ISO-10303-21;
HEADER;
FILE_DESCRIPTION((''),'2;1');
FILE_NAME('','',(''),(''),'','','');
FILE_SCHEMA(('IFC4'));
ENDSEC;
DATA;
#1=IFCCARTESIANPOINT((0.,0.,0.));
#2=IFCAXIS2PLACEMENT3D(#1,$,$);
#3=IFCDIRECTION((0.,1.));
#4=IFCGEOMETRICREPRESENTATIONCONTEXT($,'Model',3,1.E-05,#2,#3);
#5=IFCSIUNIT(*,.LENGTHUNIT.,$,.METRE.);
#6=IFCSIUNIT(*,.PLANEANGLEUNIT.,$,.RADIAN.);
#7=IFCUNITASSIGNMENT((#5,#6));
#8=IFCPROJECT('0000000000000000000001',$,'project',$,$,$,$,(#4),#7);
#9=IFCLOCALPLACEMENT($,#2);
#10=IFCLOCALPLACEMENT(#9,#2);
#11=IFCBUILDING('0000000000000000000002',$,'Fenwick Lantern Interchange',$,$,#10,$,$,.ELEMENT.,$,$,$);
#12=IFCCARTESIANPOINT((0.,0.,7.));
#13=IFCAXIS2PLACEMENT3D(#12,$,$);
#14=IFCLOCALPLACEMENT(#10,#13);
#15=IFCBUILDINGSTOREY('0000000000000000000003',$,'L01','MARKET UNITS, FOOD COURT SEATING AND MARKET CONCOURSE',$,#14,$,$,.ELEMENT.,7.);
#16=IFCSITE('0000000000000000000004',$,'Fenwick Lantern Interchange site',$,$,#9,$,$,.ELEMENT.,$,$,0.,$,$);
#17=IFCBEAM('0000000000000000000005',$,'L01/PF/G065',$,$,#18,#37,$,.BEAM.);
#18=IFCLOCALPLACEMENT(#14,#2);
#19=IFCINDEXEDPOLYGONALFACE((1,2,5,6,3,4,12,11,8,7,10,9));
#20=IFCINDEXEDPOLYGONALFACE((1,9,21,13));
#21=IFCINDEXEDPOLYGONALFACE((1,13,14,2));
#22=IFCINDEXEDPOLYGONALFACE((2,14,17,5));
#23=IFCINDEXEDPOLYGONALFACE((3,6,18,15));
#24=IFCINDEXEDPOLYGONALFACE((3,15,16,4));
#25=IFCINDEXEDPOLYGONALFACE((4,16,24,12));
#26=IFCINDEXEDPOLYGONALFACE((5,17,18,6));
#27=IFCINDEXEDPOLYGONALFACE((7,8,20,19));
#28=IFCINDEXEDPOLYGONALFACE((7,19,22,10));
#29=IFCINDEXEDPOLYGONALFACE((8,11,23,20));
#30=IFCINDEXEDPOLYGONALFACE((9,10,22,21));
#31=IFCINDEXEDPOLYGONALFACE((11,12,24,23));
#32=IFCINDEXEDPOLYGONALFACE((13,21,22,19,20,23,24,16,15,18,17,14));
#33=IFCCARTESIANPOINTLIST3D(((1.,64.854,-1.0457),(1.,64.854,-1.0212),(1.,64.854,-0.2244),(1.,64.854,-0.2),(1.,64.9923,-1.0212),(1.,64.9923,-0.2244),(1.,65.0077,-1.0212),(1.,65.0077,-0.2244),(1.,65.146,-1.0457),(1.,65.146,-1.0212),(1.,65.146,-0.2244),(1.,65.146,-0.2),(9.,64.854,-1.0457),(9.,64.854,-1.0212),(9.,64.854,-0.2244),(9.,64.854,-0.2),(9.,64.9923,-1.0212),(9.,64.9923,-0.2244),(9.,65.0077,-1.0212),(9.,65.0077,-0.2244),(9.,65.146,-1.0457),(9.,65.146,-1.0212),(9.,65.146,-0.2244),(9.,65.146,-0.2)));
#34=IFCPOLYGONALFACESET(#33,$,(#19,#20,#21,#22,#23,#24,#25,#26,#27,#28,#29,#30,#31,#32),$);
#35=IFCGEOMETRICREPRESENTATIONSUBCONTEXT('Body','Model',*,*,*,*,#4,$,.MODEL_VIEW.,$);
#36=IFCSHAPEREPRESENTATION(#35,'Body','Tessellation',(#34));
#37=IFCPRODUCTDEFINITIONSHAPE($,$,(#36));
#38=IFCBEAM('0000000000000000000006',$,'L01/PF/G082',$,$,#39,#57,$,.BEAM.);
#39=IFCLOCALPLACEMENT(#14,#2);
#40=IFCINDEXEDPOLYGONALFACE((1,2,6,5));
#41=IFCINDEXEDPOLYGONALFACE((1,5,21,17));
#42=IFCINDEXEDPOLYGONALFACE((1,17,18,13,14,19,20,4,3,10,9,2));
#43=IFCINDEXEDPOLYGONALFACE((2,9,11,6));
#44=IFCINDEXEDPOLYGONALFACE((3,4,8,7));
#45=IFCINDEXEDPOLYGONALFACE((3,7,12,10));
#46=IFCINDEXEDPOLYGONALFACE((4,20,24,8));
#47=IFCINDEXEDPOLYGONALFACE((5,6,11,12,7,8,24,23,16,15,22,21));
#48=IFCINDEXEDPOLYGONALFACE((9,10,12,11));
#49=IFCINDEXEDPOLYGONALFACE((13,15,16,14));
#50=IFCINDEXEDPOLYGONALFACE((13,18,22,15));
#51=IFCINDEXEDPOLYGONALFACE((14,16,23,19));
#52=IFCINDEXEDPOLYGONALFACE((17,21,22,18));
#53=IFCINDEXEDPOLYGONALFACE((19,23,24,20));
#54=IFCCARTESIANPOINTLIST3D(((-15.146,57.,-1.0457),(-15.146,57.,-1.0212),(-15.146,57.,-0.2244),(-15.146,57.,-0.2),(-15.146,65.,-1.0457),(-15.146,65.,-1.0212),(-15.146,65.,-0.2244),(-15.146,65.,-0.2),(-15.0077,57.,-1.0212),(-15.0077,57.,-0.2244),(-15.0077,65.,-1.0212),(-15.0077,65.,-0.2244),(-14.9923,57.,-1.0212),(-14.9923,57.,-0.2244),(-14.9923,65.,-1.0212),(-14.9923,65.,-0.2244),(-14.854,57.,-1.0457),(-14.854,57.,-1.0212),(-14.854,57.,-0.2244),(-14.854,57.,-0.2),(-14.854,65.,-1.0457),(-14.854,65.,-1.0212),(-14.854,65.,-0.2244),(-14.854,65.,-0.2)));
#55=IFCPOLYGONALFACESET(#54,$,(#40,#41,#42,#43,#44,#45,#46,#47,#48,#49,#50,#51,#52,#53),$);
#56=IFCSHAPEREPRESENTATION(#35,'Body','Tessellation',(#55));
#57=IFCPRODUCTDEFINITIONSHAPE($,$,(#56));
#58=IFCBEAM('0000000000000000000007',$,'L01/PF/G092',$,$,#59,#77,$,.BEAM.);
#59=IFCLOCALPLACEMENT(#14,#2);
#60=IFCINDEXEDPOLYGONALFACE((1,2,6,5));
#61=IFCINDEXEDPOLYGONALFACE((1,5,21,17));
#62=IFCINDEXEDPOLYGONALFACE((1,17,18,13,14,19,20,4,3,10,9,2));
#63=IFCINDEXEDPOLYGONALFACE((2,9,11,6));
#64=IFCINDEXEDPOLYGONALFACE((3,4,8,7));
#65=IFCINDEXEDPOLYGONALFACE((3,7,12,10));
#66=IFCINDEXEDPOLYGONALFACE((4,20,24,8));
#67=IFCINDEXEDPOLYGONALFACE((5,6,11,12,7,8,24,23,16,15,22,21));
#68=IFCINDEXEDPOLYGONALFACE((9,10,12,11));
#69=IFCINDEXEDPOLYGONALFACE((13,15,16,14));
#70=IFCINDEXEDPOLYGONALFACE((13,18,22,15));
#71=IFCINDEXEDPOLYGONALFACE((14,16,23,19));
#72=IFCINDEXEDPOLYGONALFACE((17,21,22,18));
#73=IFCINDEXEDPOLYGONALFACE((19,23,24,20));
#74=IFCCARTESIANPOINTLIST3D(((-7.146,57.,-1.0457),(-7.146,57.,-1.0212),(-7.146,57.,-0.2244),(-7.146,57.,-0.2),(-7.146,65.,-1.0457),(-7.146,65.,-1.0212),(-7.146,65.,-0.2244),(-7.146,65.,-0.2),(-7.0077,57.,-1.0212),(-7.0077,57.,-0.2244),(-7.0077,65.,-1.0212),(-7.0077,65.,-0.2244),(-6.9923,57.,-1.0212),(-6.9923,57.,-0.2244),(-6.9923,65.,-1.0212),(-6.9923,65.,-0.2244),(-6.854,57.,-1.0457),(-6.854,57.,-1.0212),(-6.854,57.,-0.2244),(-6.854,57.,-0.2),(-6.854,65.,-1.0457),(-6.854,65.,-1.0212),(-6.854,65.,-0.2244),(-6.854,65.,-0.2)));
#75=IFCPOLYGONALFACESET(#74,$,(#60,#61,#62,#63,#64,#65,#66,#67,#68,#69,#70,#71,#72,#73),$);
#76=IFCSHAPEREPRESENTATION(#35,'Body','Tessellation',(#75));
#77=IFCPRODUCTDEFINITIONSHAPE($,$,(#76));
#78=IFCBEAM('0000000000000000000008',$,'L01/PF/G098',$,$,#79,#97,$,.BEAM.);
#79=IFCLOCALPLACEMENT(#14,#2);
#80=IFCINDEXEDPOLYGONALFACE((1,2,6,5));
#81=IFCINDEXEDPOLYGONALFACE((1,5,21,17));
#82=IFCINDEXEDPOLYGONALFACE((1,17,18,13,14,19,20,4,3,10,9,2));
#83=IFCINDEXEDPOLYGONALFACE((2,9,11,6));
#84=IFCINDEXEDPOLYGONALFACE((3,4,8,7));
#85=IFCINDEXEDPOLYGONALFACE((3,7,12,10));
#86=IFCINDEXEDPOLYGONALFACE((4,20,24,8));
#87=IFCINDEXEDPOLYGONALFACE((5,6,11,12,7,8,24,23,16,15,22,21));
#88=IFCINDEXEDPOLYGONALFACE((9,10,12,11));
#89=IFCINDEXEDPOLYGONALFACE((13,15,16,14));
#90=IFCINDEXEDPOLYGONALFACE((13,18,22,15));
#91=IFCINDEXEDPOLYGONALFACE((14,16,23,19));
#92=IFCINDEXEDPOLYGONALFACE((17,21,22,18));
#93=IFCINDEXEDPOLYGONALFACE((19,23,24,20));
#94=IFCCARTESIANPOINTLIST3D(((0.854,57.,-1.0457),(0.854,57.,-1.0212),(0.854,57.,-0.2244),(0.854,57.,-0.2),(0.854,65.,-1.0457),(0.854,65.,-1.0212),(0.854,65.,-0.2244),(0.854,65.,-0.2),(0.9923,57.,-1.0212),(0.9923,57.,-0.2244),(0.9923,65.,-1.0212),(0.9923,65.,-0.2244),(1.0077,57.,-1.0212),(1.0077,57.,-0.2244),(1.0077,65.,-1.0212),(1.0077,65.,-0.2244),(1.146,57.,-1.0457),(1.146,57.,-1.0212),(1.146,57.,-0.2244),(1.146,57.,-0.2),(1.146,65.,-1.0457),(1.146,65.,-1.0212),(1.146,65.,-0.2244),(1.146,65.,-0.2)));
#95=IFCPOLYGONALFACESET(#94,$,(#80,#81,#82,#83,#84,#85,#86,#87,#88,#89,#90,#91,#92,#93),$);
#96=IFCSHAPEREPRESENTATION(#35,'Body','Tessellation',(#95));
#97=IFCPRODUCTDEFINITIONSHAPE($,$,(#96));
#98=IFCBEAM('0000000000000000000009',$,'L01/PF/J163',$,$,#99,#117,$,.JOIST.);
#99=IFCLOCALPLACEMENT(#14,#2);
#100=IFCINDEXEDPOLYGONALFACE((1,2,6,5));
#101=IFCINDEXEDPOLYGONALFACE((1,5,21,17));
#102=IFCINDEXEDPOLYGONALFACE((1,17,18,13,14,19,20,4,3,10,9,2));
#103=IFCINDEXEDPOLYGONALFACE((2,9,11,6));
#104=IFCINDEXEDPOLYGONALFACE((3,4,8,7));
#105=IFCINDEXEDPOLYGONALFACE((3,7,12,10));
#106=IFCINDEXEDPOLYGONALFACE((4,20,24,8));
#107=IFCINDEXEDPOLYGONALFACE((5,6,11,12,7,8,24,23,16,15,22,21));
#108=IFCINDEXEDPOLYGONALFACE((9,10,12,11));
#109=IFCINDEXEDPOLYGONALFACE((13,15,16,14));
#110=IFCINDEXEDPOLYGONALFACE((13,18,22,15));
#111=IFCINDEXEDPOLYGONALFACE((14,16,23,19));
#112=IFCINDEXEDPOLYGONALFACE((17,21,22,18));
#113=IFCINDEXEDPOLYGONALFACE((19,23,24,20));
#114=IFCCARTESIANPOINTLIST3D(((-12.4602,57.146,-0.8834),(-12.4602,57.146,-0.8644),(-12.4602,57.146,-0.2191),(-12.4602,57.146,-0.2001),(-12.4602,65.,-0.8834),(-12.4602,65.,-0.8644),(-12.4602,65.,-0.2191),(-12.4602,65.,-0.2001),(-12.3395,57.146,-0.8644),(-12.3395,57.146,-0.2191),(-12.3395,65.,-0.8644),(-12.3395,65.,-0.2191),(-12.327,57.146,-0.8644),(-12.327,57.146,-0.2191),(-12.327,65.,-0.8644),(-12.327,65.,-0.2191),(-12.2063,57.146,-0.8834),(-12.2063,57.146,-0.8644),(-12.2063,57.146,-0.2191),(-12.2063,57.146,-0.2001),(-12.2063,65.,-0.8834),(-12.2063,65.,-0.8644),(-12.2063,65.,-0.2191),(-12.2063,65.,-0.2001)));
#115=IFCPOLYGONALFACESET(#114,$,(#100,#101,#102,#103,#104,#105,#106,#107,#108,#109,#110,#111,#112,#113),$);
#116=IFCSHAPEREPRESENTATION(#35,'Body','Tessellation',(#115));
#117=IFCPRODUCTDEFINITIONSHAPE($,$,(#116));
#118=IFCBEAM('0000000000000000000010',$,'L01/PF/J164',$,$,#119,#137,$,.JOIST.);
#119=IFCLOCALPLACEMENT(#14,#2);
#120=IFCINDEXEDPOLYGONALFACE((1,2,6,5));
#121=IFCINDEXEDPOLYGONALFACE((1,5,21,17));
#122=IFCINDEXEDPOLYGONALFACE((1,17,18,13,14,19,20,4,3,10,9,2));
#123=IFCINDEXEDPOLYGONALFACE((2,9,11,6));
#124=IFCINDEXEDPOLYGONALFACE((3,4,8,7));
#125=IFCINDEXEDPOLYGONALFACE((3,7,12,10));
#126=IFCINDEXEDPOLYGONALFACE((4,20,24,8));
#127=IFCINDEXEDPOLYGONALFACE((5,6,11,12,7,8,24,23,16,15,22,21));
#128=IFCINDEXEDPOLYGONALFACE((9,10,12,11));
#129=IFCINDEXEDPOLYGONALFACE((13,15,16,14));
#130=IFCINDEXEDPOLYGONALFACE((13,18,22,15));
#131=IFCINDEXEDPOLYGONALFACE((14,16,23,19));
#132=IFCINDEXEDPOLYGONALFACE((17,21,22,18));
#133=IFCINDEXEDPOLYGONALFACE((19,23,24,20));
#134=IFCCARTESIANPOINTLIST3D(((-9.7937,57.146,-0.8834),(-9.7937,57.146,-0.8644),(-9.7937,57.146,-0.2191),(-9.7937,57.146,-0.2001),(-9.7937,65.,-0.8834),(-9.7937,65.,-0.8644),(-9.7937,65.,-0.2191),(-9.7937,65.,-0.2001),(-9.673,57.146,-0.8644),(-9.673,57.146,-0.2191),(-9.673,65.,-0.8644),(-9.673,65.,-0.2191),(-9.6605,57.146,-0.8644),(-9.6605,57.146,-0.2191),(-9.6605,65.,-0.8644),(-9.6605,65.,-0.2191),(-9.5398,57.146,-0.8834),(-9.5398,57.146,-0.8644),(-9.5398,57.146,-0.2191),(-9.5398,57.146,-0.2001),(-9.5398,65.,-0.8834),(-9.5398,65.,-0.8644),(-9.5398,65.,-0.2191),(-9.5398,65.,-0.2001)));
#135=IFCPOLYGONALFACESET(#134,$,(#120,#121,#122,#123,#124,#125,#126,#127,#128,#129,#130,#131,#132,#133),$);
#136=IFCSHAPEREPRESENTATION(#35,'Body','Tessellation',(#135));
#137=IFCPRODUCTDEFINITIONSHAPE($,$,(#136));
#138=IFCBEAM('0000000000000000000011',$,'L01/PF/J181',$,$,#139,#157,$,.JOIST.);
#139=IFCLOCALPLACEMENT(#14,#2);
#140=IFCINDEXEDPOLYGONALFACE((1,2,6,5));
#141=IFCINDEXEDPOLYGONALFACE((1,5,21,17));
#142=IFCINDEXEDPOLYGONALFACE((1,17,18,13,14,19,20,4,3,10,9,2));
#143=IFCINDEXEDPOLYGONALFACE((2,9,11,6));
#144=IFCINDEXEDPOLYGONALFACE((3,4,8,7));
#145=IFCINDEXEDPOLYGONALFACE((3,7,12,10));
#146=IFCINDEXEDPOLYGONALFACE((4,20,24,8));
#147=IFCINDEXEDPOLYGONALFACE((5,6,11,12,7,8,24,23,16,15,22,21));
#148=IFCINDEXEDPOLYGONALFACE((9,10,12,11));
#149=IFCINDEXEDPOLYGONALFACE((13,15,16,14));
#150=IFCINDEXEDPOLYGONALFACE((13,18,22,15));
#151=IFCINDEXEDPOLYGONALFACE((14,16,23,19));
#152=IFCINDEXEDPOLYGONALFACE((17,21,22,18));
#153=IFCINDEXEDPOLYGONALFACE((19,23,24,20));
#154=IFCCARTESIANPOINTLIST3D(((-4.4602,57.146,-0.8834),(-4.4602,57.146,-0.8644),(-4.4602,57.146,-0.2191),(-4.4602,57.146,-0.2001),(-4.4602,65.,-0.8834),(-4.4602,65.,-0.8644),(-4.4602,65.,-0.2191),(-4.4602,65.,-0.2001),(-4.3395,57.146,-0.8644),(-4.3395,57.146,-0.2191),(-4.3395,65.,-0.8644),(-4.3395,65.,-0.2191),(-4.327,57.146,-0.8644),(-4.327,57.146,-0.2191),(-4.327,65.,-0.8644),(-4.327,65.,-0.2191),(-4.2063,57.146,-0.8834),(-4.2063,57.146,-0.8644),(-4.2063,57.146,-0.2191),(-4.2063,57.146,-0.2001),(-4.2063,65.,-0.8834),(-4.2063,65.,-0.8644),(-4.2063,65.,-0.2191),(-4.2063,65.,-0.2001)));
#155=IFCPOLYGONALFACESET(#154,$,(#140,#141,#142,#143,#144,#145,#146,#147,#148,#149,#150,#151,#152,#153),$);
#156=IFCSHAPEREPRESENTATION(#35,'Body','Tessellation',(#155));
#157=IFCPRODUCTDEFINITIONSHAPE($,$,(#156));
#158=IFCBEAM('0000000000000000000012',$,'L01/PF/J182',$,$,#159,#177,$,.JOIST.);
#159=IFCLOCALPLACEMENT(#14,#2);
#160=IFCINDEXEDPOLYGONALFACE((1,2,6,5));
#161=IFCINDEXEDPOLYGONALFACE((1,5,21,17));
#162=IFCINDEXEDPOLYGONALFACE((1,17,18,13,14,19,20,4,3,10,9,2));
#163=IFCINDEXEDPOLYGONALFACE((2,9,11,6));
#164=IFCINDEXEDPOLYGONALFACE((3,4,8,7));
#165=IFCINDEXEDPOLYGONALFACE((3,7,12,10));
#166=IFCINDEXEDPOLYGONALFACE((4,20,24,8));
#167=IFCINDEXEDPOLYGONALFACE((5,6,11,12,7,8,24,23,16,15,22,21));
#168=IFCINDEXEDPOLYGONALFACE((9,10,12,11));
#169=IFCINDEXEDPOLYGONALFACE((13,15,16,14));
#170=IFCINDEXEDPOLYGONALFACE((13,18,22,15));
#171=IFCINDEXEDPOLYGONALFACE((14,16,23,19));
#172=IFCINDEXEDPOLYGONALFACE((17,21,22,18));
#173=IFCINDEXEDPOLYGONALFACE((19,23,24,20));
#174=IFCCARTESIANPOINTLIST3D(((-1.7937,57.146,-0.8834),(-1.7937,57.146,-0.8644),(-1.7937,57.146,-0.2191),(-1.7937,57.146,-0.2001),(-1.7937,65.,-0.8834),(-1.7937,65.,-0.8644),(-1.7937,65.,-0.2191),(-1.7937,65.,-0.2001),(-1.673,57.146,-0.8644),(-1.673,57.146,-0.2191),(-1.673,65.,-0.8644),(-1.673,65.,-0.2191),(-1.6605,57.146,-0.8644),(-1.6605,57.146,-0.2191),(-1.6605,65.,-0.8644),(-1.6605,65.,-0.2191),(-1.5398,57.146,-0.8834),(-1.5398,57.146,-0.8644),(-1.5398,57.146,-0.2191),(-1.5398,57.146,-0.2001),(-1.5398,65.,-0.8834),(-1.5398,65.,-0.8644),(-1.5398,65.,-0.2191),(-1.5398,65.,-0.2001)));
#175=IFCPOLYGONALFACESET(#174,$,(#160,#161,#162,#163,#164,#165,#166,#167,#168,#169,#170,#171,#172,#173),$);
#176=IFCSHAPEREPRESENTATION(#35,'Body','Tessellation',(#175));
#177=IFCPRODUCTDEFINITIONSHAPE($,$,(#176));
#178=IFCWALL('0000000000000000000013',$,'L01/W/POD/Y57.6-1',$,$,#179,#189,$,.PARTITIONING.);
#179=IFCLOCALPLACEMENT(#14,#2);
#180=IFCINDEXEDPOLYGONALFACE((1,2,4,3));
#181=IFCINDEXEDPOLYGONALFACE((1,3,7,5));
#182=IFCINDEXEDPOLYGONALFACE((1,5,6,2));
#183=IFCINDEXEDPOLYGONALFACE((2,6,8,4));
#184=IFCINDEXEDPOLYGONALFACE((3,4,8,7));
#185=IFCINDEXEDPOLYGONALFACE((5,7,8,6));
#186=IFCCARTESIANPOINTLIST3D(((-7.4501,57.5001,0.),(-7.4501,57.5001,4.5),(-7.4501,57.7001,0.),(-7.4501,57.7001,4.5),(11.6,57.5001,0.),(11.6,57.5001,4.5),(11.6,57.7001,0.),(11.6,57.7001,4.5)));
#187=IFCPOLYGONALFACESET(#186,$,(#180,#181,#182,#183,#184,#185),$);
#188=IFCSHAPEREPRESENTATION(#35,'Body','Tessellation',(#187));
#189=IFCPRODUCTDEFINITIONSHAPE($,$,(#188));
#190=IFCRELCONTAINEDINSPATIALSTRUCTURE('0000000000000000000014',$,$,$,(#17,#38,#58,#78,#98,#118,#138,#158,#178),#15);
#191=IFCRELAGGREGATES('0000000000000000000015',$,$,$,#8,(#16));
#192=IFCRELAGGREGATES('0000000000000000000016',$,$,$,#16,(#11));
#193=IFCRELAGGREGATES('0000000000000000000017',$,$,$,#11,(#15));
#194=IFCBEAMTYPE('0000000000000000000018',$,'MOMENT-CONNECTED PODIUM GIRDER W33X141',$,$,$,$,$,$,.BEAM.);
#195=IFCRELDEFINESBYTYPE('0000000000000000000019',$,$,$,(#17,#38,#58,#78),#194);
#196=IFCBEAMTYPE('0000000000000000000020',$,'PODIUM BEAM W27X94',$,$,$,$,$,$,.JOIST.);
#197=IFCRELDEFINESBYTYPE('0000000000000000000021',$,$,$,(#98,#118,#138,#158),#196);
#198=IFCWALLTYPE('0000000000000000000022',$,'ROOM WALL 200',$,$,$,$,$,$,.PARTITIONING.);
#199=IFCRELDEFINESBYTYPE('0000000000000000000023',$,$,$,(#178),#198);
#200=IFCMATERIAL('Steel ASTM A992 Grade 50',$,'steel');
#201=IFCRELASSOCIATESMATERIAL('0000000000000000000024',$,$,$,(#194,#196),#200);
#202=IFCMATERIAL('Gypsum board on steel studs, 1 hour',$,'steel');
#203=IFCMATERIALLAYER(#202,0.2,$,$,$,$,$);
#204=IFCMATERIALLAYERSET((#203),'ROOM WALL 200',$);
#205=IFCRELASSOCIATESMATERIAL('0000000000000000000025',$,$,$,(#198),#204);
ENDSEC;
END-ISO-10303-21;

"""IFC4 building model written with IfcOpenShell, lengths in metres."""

from ifc_helpers import new_model, si_unit, direction, frame, frame_2d, origin, origin_2d, place, context, subcontext, project, spatial, rectangle, i_section, extrude, material, layer, layer_set, material_profile, profile_set, type_object, element, save


model = new_model("IFC4")

# Units and contexts
model_context = context("Model", 3, precision=1e-05, world=origin(), true_north=direction((0.0, 1.0)))
body_context = subcontext(model_context, "Body", "Model", "MODEL_VIEW")
ifc_project = project(units=[si_unit("LENGTHUNIT", "METRE"), si_unit("PLANEANGLEUNIT", "RADIAN")], contexts=[model_context])

# Site, building, storey
site_placement = place(None, origin())
site = spatial("IfcSite", under=ifc_project, at=site_placement, Name="Fenwick Lantern Interchange site", CompositionType="ELEMENT", RefElevation=0.0)
building_placement = place(site_placement, origin())
building = spatial("IfcBuilding", under=site, at=building_placement, Name="Fenwick Lantern Interchange", CompositionType="ELEMENT")
storey_placement = place(building_placement, frame((0.0, 0.0, 7.0)))
storey = spatial("IfcBuildingStorey", under=building, at=storey_placement, Name="L01", Description="MARKET UNITS, FOOD COURT SEATING AND MARKET CONCOURSE", CompositionType="ELEMENT", Elevation=7.0)

# Shared definitions
ifc_material_1 = material(Name="Steel ASTM A992 Grade 50", Category="steel")

# Beams
ifc_material_profile_1 = material_profile(ifc_material_1, i_section(OverallWidth=0.292, OverallDepth=0.8457, WebThickness=0.0154, FlangeThickness=0.0244, at=origin_2d()), Name="W33X141")
ifc_profile_set_1 = profile_set([ifc_material_profile_1], Name="Steel ASTM A992 Grade 50")
beam_type_1 = type_object("IfcBeamType", Name="MOMENT-CONNECTED PODIUM GIRDER W33X141", PredefinedType="BEAM", material=ifc_profile_set_1)
for number, where, z_axis, x_axis, name in (
    (1, (1.0, 65.0, -0.6228), (1.0, 0.0, 0.0), (0.0, 1.0, 0.0), "L01/PF/G065"),
    (2, (-15.0, 57.0, -0.6228), (0.0, 1.0, 0.0), (-1.0, 0.0, 0.0), "L01/PF/G082"),
    (3, (-7.0, 57.0, -0.6228), (0.0, 1.0, 0.0), (-1.0, 0.0, 0.0), "L01/PF/G092"),
    (4, (1.0, 57.0, -0.6228), (0.0, 1.0, 0.0), (-1.0, 0.0, 0.0), "L01/PF/G098"),
):
    element("IfcBeam", number, at=place(storey_placement, frame(where, z_axis=z_axis, x_axis=x_axis)), inside=storey, type_object=beam_type_1, Name=name, PredefinedType="BEAM", context=body_context, shape_type="SweptSolid", body=[
        extrude(i_section(OverallWidth=0.292, OverallDepth=0.8457, WebThickness=0.0154, FlangeThickness=0.0244, at=origin_2d()), origin(), (0.0, 0.0, 1.0), 8.0),
    ])
ifc_material_profile_2 = material_profile(ifc_material_1, i_section(OverallWidth=0.2539, OverallDepth=0.6833, WebThickness=0.0125, FlangeThickness=0.019, at=origin_2d()), Name="W27X94")
ifc_profile_set_2 = profile_set([ifc_material_profile_2], Name="Steel ASTM A992 Grade 50")
beam_type_2 = type_object("IfcBeamType", Name="PODIUM BEAM W27X94", PredefinedType="JOIST", material=ifc_profile_set_2)
for number, where, z_axis, x_axis, name in (
    (5, (-12.3333, 57.146, -0.5417), (0.0, 1.0, 0.0), (-1.0, 0.0, 0.0), "L01/PF/J163"),
    (6, (-9.6667, 57.146, -0.5417), (0.0, 1.0, 0.0), (-1.0, 0.0, 0.0), "L01/PF/J164"),
    (7, (-4.3333, 57.146, -0.5417), (0.0, 1.0, 0.0), (-1.0, 0.0, 0.0), "L01/PF/J181"),
    (8, (-1.6667, 57.146, -0.5417), (0.0, 1.0, 0.0), (-1.0, 0.0, 0.0), "L01/PF/J182"),
):
    element("IfcBeam", number, at=place(storey_placement, frame(where, z_axis=z_axis, x_axis=x_axis)), inside=storey, type_object=beam_type_2, Name=name, PredefinedType="JOIST", context=body_context, shape_type="SweptSolid", body=[
        extrude(i_section(OverallWidth=0.2539, OverallDepth=0.6833, WebThickness=0.0125, FlangeThickness=0.019, at=origin_2d()), origin(), (0.0, 0.0, 1.0), 7.854),
    ])

# Wall
ifc_material_2 = material(Name="Gypsum board on steel studs, 1 hour", Category="steel")
ifc_layer_1 = layer(ifc_material_2, 0.2)
ifc_layer_set_1 = layer_set([ifc_layer_1], Name="ROOM WALL 200")
wall_type_1 = type_object("IfcWallType", Name="ROOM WALL 200", PredefinedType="PARTITIONING", material=ifc_layer_set_1)
wall_1_placement = place(storey_placement, frame((-7.45, 57.6001, 0.0), z_axis=(0.0, 0.0, 1.0), x_axis=(1.0, 0.0, 0.0)))
element("IfcWall", 9, at=wall_1_placement, inside=storey, type_object=wall_type_1, Name="L01/W/POD/Y57.6-1", PredefinedType="PARTITIONING", context=body_context, shape_type="SweptSolid", body=[
    extrude(rectangle(XDim=19.05, YDim=0.2, at=frame_2d((9.5249, 0.0))), origin(), (0.0, 0.0, 1.0), 4.5),
])

save(model, "model.ifc")
